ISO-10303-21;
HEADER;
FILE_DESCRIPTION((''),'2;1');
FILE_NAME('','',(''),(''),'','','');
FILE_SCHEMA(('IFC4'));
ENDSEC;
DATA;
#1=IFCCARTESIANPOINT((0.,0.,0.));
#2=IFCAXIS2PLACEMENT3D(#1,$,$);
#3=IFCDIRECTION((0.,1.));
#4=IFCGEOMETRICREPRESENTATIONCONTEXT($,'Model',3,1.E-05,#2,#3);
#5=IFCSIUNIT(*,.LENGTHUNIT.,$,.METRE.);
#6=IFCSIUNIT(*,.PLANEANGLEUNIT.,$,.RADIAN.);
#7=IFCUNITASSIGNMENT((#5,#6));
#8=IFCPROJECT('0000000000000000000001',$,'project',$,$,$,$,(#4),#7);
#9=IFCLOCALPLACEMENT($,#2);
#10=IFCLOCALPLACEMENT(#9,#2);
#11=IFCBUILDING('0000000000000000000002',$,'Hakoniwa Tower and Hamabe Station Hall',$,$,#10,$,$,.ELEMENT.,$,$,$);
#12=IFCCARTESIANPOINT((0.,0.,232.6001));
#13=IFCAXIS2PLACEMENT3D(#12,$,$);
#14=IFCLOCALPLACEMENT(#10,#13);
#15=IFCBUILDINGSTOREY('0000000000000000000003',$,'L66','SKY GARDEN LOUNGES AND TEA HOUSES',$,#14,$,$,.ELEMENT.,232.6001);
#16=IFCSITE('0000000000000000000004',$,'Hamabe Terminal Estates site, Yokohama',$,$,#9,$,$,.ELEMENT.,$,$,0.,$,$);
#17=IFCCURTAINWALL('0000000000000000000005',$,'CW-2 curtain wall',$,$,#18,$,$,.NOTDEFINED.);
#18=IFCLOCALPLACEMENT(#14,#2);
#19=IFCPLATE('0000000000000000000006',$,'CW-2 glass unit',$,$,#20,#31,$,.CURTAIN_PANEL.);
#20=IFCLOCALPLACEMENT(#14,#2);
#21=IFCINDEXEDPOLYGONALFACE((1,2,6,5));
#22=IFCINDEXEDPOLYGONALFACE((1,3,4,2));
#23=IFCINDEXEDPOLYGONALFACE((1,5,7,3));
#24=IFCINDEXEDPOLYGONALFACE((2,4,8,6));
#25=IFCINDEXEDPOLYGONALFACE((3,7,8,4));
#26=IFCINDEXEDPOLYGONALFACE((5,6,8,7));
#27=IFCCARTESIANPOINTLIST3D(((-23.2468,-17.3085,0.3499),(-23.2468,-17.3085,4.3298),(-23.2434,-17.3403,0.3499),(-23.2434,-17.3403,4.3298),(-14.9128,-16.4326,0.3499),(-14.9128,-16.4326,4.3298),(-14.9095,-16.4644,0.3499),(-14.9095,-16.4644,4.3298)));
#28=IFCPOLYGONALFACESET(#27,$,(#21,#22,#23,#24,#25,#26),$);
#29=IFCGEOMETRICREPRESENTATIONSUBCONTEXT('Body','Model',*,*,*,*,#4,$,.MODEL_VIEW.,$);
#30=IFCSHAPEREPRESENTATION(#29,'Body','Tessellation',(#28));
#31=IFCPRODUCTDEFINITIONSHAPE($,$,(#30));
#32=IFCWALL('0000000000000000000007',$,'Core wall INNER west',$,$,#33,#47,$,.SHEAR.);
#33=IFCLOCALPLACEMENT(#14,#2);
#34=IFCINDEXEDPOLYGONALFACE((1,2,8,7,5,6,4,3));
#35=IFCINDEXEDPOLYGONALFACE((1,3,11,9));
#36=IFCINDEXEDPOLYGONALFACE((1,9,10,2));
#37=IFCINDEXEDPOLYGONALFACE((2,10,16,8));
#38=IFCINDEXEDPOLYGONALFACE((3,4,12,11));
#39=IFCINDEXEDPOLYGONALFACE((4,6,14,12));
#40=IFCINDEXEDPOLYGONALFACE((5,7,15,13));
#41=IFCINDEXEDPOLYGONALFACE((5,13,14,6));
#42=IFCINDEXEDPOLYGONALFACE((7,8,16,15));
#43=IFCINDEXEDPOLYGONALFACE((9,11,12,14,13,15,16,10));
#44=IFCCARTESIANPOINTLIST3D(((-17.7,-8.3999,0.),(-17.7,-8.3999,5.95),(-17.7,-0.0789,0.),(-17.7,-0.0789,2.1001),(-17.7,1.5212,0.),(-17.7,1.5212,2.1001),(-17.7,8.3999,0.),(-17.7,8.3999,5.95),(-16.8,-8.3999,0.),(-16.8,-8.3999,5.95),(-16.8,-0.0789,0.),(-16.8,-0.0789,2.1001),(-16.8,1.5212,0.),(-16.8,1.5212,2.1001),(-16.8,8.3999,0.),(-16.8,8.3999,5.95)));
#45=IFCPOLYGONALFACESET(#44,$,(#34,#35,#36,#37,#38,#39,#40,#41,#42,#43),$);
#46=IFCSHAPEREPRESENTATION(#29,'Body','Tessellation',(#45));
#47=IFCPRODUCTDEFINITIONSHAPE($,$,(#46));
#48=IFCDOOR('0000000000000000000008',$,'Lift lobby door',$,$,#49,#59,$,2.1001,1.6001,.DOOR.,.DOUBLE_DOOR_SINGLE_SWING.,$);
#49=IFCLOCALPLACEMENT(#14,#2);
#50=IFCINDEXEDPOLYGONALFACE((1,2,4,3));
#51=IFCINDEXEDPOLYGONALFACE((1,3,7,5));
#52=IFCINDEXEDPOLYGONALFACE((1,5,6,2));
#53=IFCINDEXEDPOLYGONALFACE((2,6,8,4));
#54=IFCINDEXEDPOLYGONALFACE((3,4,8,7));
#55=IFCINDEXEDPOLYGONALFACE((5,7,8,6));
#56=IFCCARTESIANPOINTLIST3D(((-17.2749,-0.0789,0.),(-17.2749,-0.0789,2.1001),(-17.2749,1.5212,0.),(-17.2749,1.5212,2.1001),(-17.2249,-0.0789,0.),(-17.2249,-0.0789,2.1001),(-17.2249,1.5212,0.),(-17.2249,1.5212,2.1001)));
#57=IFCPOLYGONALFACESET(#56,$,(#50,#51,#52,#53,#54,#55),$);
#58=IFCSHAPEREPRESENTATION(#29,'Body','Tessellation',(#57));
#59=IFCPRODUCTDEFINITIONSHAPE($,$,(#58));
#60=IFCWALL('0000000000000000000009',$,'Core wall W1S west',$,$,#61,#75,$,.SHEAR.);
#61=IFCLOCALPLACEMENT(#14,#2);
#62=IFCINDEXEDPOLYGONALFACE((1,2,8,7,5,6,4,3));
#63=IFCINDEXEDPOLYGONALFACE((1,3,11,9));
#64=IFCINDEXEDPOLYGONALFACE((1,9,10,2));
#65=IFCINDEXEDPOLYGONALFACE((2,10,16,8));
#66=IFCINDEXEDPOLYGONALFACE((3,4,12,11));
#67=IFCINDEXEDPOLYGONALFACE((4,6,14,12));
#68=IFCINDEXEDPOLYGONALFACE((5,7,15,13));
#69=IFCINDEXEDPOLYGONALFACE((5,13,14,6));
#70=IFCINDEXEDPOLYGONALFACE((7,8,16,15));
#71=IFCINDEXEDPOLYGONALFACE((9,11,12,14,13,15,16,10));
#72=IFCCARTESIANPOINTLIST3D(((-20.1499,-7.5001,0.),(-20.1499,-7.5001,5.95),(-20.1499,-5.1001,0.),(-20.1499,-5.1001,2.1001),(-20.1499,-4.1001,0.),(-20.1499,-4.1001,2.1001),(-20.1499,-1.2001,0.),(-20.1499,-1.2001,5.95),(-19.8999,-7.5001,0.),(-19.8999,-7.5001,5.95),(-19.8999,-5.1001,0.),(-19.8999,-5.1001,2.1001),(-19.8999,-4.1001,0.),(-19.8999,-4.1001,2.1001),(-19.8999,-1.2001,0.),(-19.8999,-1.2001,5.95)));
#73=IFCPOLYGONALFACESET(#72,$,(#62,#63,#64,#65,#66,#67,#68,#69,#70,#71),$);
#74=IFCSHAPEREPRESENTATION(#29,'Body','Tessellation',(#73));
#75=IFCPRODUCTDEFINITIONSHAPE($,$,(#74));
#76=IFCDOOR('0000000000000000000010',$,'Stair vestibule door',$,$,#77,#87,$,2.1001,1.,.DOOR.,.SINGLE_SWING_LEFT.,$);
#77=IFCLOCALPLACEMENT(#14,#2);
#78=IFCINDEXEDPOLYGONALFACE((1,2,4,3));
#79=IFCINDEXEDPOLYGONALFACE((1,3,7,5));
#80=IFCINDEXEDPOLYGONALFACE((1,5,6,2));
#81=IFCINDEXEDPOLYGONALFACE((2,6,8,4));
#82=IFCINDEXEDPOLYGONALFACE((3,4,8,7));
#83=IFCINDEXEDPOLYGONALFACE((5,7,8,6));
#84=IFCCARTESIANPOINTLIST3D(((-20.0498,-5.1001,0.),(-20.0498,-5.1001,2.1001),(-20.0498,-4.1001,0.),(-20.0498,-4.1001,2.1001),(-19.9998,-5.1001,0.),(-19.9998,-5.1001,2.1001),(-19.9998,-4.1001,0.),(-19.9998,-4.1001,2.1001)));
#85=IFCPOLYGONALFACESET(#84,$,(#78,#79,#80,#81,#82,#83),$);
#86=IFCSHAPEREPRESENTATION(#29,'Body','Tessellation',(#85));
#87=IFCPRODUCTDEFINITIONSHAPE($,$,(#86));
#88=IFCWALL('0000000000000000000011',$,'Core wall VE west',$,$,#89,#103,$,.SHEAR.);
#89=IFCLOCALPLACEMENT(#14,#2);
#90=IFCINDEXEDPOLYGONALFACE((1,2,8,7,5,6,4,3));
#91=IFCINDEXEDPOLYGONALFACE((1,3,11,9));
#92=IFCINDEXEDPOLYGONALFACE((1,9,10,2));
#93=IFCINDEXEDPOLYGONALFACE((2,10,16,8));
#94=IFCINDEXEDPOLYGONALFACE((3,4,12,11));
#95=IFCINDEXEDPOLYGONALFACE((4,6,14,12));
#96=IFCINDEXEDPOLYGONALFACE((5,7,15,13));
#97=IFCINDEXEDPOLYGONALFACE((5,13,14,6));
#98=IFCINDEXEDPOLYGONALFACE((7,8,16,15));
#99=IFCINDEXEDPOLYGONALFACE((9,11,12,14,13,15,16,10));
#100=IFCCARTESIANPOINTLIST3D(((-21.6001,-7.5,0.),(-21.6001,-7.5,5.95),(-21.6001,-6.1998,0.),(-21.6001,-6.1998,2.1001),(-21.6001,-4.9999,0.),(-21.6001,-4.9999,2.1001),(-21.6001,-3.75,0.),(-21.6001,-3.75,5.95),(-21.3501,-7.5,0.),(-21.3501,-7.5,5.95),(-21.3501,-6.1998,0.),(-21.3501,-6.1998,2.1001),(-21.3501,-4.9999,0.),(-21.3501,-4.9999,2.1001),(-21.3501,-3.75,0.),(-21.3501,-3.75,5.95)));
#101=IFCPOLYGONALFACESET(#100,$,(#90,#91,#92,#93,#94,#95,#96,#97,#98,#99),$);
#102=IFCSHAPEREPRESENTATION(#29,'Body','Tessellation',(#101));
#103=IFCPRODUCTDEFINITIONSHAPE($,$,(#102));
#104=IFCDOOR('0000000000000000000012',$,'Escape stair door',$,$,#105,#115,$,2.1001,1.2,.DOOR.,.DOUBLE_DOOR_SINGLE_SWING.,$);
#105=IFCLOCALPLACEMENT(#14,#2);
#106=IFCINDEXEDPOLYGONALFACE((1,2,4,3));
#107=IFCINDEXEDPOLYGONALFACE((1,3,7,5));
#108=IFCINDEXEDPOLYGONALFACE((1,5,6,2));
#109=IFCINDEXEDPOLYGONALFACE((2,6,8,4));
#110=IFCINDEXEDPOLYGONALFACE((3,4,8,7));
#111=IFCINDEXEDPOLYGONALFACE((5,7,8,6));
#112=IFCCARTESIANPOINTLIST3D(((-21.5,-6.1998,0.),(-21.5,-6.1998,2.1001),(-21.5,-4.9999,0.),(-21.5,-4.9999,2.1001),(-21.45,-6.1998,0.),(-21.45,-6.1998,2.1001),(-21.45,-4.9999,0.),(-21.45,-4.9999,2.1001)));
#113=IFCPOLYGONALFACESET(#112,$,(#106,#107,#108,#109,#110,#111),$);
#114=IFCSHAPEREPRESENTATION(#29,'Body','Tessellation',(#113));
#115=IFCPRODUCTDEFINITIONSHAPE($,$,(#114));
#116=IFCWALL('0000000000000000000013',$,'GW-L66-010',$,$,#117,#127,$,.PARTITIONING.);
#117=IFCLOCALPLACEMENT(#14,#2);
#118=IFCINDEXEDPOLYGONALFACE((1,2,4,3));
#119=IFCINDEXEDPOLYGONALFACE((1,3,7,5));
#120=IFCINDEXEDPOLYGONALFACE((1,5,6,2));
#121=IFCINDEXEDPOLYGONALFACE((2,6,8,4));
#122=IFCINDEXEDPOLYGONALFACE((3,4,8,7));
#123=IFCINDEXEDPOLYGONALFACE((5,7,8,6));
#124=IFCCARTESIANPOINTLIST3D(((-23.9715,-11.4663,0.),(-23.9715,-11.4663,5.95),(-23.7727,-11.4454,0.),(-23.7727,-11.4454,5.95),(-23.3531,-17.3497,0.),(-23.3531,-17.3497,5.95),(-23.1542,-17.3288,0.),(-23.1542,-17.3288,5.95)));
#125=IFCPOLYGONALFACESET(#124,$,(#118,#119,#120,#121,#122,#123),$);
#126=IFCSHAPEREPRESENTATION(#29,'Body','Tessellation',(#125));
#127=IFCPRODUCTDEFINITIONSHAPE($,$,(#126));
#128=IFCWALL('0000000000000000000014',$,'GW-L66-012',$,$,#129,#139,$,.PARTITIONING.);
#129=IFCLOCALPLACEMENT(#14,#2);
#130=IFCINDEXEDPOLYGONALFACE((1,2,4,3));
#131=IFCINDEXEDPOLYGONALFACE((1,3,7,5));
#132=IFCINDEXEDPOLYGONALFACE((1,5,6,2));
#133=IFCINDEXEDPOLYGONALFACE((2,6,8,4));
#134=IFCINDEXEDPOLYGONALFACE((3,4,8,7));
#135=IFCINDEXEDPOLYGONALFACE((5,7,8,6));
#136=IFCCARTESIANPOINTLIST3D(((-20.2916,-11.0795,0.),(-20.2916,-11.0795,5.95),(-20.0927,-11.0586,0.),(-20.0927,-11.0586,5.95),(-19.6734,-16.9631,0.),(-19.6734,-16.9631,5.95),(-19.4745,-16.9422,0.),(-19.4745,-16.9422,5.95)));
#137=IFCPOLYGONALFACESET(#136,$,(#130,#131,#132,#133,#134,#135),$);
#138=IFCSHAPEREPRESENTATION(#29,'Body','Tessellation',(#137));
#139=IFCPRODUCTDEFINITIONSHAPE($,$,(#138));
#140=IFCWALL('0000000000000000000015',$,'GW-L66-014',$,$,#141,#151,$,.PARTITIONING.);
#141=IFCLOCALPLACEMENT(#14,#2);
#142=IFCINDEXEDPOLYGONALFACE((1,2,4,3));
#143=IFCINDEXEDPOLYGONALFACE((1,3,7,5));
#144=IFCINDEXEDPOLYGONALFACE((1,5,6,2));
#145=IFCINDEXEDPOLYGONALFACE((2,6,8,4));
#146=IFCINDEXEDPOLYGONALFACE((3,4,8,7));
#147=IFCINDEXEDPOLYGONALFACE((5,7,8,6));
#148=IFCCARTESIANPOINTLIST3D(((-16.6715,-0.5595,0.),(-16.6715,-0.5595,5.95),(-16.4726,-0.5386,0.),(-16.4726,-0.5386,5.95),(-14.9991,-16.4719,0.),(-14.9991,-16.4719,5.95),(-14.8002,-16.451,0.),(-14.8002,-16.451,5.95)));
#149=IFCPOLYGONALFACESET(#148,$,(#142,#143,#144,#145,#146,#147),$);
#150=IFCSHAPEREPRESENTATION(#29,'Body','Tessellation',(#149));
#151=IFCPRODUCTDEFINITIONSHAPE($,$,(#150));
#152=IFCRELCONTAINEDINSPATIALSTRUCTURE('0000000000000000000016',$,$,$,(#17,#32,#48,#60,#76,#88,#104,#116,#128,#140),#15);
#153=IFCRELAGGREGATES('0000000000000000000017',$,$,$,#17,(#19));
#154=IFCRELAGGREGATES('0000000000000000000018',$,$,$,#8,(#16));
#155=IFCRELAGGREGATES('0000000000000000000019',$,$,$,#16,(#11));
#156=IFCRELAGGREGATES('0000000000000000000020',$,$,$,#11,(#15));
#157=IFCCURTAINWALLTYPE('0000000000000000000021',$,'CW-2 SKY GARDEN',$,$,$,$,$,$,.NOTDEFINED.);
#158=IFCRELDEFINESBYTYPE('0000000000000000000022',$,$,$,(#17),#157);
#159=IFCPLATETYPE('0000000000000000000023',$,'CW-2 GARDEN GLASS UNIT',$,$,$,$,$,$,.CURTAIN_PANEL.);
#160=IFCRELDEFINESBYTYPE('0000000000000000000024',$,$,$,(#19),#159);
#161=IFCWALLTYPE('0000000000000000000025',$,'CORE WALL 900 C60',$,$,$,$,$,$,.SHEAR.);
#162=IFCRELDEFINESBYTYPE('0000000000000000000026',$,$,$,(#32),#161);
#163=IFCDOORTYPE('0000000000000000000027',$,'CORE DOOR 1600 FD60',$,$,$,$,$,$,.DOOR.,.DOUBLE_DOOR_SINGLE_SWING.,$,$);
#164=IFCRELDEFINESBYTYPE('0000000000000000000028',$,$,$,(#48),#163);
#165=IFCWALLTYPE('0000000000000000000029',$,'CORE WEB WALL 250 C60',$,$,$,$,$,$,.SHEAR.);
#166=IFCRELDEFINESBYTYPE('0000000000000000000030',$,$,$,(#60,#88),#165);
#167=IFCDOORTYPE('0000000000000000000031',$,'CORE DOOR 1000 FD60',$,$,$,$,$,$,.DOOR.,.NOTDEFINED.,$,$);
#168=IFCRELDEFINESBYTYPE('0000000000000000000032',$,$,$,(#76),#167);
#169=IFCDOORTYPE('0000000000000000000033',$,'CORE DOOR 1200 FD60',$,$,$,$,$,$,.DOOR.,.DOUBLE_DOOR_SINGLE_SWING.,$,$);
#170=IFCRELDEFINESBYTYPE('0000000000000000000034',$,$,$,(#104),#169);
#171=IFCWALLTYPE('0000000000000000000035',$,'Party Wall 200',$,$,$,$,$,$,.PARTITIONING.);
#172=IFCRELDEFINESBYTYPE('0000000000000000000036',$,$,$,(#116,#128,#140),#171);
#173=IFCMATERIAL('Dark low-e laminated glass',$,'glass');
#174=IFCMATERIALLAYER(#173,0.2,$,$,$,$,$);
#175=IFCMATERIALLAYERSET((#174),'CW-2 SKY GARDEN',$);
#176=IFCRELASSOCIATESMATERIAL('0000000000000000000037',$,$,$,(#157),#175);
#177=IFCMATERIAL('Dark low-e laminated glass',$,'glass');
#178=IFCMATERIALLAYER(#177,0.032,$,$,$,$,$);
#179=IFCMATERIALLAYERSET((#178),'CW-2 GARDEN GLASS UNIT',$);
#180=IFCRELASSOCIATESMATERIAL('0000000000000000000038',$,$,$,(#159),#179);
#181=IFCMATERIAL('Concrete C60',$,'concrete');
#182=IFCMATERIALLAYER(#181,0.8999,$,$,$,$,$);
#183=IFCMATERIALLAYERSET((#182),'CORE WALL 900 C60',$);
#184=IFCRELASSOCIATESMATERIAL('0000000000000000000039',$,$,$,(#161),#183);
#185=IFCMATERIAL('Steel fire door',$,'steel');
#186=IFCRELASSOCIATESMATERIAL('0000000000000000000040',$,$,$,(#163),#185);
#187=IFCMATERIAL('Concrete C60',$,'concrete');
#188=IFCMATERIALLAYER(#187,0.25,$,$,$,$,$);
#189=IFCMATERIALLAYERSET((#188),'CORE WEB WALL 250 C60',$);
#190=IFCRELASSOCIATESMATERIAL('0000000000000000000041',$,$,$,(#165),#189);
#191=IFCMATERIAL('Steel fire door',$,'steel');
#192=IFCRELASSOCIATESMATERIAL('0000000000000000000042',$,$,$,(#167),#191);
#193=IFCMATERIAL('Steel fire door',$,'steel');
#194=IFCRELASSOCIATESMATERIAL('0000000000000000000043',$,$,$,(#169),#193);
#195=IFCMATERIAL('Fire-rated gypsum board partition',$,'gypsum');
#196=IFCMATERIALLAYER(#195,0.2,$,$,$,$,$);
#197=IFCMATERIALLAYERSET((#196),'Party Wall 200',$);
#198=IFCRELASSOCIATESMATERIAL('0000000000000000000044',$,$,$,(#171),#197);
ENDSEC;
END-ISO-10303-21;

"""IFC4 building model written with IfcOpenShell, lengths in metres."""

from ifc_helpers import new_model, si_unit, direction, frame, frame_2d, origin, origin_2d, place, context, subcontext, project, spatial, rectangle, extrude, material, layer, layer_set, type_object, element, fill, aggregate, save


model = new_model("IFC4")

# Units and contexts
model_context = context("Model", 3, precision=1e-05, world=origin(), true_north=direction((0.0, 1.0)))
body_context = subcontext(model_context, "Body", "Model", "MODEL_VIEW")
ifc_project = project(units=[si_unit("LENGTHUNIT", "METRE"), si_unit("PLANEANGLEUNIT", "RADIAN")], contexts=[model_context])

# Site, building, storey
site_placement = place(None, origin())
site = spatial("IfcSite", under=ifc_project, at=site_placement, Name="Hamabe Terminal Estates site, Yokohama", CompositionType="ELEMENT", RefElevation=0.0)
building_placement = place(site_placement, origin())
building = spatial("IfcBuilding", under=site, at=building_placement, Name="Hakoniwa Tower and Hamabe Station Hall", CompositionType="ELEMENT")
storey_placement = place(building_placement, frame((0.0, 0.0, 232.6001)))
storey = spatial("IfcBuildingStorey", under=building, at=storey_placement, Name="L66", Description="SKY GARDEN LOUNGES AND TEA HOUSES", CompositionType="ELEMENT", Elevation=232.6001)

# Curtain wall, plate
ifc_material_1 = material(Name="Dark low-e laminated glass", Category="glass")
ifc_layer_1 = layer(ifc_material_1, 0.2)
ifc_layer_set_1 = layer_set([ifc_layer_1], Name="CW-2 SKY GARDEN")
curtain_wall_type = type_object("IfcCurtainWallType", Name="CW-2 SKY GARDEN", PredefinedType="NOTDEFINED", material=ifc_layer_set_1)
curtain_wall_placement = place(storey_placement, origin())
curtain_wall = element("IfcCurtainWall", 1, at=curtain_wall_placement, inside=storey, type_object=curtain_wall_type, Name="CW-2 curtain wall", PredefinedType="NOTDEFINED")
ifc_material_2 = material(Name="Dark low-e laminated glass", Category="glass")
ifc_layer_2 = layer(ifc_material_2, 0.032)
ifc_layer_set_2 = layer_set([ifc_layer_2], Name="CW-2 GARDEN GLASS UNIT")
plate_type = type_object("IfcPlateType", Name="CW-2 GARDEN GLASS UNIT", PredefinedType="CURTAIN_PANEL", material=ifc_layer_set_2)
plate_placement = place(storey_placement, frame((-19.0781, -16.8865, 0.3499), z_axis=(0.0, 0.0, 1.0), x_axis=(0.994522, 0.104528, 0.0)))
plate = element("IfcPlate", 2, at=plate_placement, type_object=plate_type, Name="CW-2 glass unit", PredefinedType="CURTAIN_PANEL", context=body_context, shape_type="SweptSolid", body=[
    extrude(rectangle(XDim=8.3799, YDim=0.032, at=origin_2d()), origin(), (0.0, 0.0, 1.0), 3.98),
])

# Walls, openings, doors
ifc_material_3 = material(Name="Concrete C60", Category="concrete")
ifc_layer_3 = layer(ifc_material_3, 0.8999)
ifc_layer_set_3 = layer_set([ifc_layer_3], Name="CORE WALL 900 C60")
wall_type_1 = type_object("IfcWallType", Name="CORE WALL 900 C60", PredefinedType="SHEAR", material=ifc_layer_set_3)
wall_1_placement = place(storey_placement, frame((-17.25, -8.3999, 0.0), z_axis=(0.0, 0.0, 1.0), x_axis=(0.0, 1.0, 0.0)))
wall_1 = element("IfcWall", 3, at=wall_1_placement, inside=storey, type_object=wall_type_1, Name="Core wall INNER west", PredefinedType="SHEAR", context=body_context, shape_type="SweptSolid", body=[
    extrude(rectangle(XDim=16.7998, YDim=0.8999, at=frame_2d((8.3999, 0.0))), origin(), (0.0, 0.0, 1.0), 5.95),
])
opening_1_placement = place(wall_1_placement, frame((8.321, 0.0, 0.0)))
opening_1 = element("IfcOpeningElement", 4, at=opening_1_placement, cuts=wall_1, PredefinedType="OPENING", context=body_context, shape_type="SweptSolid", body=[
    extrude(rectangle(XDim=1.6001, YDim=2.1001, at=frame_2d((0.8, 1.05))), frame((0.0, 0.46, 0.0), z_axis=(0.0, -1.0, 0.0), x_axis=(1.0, 0.0, 0.0)), (0.0, 0.0, 1.0), 0.9199),
])
ifc_material_4 = material(Name="Steel fire door", Category="steel")
door_type_1 = type_object("IfcDoorType", Name="CORE DOOR 1600 FD60", OperationType="DOUBLE_DOOR_SINGLE_SWING", PredefinedType="DOOR", material=ifc_material_4)
door_1_placement = place(opening_1_placement, origin())
door_1 = element("IfcDoor", 5, at=door_1_placement, inside=storey, type_object=door_type_1, Name="Lift lobby door", OperationType="DOUBLE_DOOR_SINGLE_SWING", OverallHeight=2.1001, OverallWidth=1.6001, PredefinedType="DOOR", context=body_context, shape_type="SweptSolid", body=[
    extrude(rectangle(XDim=1.6001, YDim=2.1001, at=frame_2d((0.8, 1.05))), frame((0.0, 0.0249, 0.0), z_axis=(0.0, -1.0, 0.0), x_axis=(1.0, 0.0, 0.0)), (0.0, 0.0, 1.0), 0.05),
])
fill(opening_1, door_1)
ifc_material_5 = material(Name="Concrete C60", Category="concrete")
ifc_layer_4 = layer(ifc_material_5, 0.25)
ifc_layer_set_4 = layer_set([ifc_layer_4], Name="CORE WEB WALL 250 C60")
wall_type_2 = type_object("IfcWallType", Name="CORE WEB WALL 250 C60", PredefinedType="SHEAR", material=ifc_layer_set_4)
wall_2_placement = place(storey_placement, frame((-20.0249, -7.5, 0.0), z_axis=(0.0, 0.0, 1.0), x_axis=(0.0, 1.0, 0.0)))
wall_2 = element("IfcWall", 6, at=wall_2_placement, inside=storey, type_object=wall_type_2, Name="Core wall W1S west", PredefinedType="SHEAR", context=body_context, shape_type="SweptSolid", body=[
    extrude(rectangle(XDim=6.3, YDim=0.25, at=frame_2d((3.1499, 0.0))), origin(), (0.0, 0.0, 1.0), 5.95),
])
opening_2_placement = place(wall_2_placement, frame((2.3999, 0.0, 0.0)))
opening_2 = element("IfcOpeningElement", 7, at=opening_2_placement, cuts=wall_2, PredefinedType="OPENING", context=body_context, shape_type="SweptSolid", body=[
    extrude(rectangle(XDim=1.0, YDim=2.1001, at=frame_2d((0.5, 1.05))), frame((0.0, 0.135, 0.0), z_axis=(0.0, -1.0, 0.0), x_axis=(1.0, 0.0, 0.0)), (0.0, 0.0, 1.0), 0.27),
])
ifc_material_6 = material(Name="Steel fire door", Category="steel")
door_type_2 = type_object("IfcDoorType", Name="CORE DOOR 1000 FD60", OperationType="NOTDEFINED", PredefinedType="DOOR", material=ifc_material_6)
door_2_placement = place(opening_2_placement, origin())
door_2 = element("IfcDoor", 8, at=door_2_placement, inside=storey, type_object=door_type_2, Name="Stair vestibule door", OperationType="SINGLE_SWING_LEFT", OverallHeight=2.1001, OverallWidth=1.0, PredefinedType="DOOR", context=body_context, shape_type="SweptSolid", body=[
    extrude(rectangle(XDim=1.0, YDim=2.1001, at=frame_2d((0.5, 1.05))), frame((0.0, 0.0249, 0.0), z_axis=(0.0, -1.0, 0.0), x_axis=(1.0, 0.0, 0.0)), (0.0, 0.0, 1.0), 0.05),
])
fill(opening_2, door_2)
wall_3_placement = place(storey_placement, frame((-21.4751, -7.5, 0.0), z_axis=(0.0, 0.0, 1.0), x_axis=(0.0, 1.0, 0.0)))
wall_3 = element("IfcWall", 9, at=wall_3_placement, inside=storey, type_object=wall_type_2, Name="Core wall VE west", PredefinedType="SHEAR", context=body_context, shape_type="SweptSolid", body=[
    extrude(rectangle(XDim=3.75, YDim=0.25, at=frame_2d((1.875, 0.0))), origin(), (0.0, 0.0, 1.0), 5.95),
])
opening_3_placement = place(wall_3_placement, frame((1.3, 0.0, 0.0)))
opening_3 = element("IfcOpeningElement", 10, at=opening_3_placement, cuts=wall_3, PredefinedType="OPENING", context=body_context, shape_type="SweptSolid", body=[
    extrude(rectangle(XDim=1.2, YDim=2.1001, at=frame_2d((0.6001, 1.05))), frame((0.0, 0.135, 0.0), z_axis=(0.0, -1.0, 0.0), x_axis=(1.0, 0.0, 0.0)), (0.0, 0.0, 1.0), 0.27),
])
ifc_material_7 = material(Name="Steel fire door", Category="steel")
door_type_3 = type_object("IfcDoorType", Name="CORE DOOR 1200 FD60", OperationType="DOUBLE_DOOR_SINGLE_SWING", PredefinedType="DOOR", material=ifc_material_7)
door_3_placement = place(opening_3_placement, origin())
door_3 = element("IfcDoor", 11, at=door_3_placement, inside=storey, type_object=door_type_3, Name="Escape stair door", OperationType="DOUBLE_DOOR_SINGLE_SWING", OverallHeight=2.1001, OverallWidth=1.2, PredefinedType="DOOR", context=body_context, shape_type="SweptSolid", body=[
    extrude(rectangle(XDim=1.2, YDim=2.1001, at=frame_2d((0.6001, 1.05))), frame((0.0, 0.0249, 0.0), z_axis=(0.0, -1.0, 0.0), x_axis=(1.0, 0.0, 0.0)), (0.0, 0.0, 1.0), 0.05),
])
fill(opening_3, door_3)

# Walls
ifc_material_8 = material(Name="Fire-rated gypsum board partition", Category="gypsum")
ifc_layer_5 = layer(ifc_material_8, 0.2)
ifc_layer_set_5 = layer_set([ifc_layer_5], Name="Party Wall 200")
wall_type_3 = type_object("IfcWallType", Name="Party Wall 200", PredefinedType="PARTITIONING", material=ifc_layer_set_5)
wall_4_placement = place(storey_placement, frame((-23.2537, -17.3394, 0.0), z_axis=(0.0, 0.0, 1.0), x_axis=(-0.104537, 0.994521, 0.0)))
element("IfcWall", 12, at=wall_4_placement, inside=storey, type_object=wall_type_3, Name="GW-L66-010", PredefinedType="PARTITIONING", context=body_context, shape_type="SweptSolid", body=[
    extrude(rectangle(XDim=5.9158, YDim=0.2, at=frame_2d((2.958, 0.0))), origin(), (0.0, 0.0, 1.0), 5.95),
])
wall_5_placement = place(storey_placement, frame((-19.574, -16.9526, 0.0), z_axis=(0.0, 0.0, 1.0), x_axis=(-0.104491, 0.994526, 0.0)))
element("IfcWall", 13, at=wall_5_placement, inside=storey, type_object=wall_type_3, Name="GW-L66-012", PredefinedType="PARTITIONING", context=body_context, shape_type="SweptSolid", body=[
    extrude(rectangle(XDim=5.916, YDim=0.2, at=frame_2d((2.958, 0.0))), origin(), (0.0, 0.0, 1.0), 5.95),
])
wall_6_placement = place(storey_placement, frame((-14.8997, -16.4614, 0.0), z_axis=(0.0, 0.0, 1.0), x_axis=(-0.104523, 0.994522, 0.0)))
element("IfcWall", 14, at=wall_6_placement, inside=storey, type_object=wall_type_3, Name="GW-L66-014", PredefinedType="PARTITIONING", context=body_context, shape_type="SweptSolid", body=[
    extrude(rectangle(XDim=16.0, YDim=0.2, at=frame_2d((8.0, 0.0))), origin(), (0.0, 0.0, 1.0), 5.95),
])

aggregate(curtain_wall, [plate])

save(model, "model.ifc")
